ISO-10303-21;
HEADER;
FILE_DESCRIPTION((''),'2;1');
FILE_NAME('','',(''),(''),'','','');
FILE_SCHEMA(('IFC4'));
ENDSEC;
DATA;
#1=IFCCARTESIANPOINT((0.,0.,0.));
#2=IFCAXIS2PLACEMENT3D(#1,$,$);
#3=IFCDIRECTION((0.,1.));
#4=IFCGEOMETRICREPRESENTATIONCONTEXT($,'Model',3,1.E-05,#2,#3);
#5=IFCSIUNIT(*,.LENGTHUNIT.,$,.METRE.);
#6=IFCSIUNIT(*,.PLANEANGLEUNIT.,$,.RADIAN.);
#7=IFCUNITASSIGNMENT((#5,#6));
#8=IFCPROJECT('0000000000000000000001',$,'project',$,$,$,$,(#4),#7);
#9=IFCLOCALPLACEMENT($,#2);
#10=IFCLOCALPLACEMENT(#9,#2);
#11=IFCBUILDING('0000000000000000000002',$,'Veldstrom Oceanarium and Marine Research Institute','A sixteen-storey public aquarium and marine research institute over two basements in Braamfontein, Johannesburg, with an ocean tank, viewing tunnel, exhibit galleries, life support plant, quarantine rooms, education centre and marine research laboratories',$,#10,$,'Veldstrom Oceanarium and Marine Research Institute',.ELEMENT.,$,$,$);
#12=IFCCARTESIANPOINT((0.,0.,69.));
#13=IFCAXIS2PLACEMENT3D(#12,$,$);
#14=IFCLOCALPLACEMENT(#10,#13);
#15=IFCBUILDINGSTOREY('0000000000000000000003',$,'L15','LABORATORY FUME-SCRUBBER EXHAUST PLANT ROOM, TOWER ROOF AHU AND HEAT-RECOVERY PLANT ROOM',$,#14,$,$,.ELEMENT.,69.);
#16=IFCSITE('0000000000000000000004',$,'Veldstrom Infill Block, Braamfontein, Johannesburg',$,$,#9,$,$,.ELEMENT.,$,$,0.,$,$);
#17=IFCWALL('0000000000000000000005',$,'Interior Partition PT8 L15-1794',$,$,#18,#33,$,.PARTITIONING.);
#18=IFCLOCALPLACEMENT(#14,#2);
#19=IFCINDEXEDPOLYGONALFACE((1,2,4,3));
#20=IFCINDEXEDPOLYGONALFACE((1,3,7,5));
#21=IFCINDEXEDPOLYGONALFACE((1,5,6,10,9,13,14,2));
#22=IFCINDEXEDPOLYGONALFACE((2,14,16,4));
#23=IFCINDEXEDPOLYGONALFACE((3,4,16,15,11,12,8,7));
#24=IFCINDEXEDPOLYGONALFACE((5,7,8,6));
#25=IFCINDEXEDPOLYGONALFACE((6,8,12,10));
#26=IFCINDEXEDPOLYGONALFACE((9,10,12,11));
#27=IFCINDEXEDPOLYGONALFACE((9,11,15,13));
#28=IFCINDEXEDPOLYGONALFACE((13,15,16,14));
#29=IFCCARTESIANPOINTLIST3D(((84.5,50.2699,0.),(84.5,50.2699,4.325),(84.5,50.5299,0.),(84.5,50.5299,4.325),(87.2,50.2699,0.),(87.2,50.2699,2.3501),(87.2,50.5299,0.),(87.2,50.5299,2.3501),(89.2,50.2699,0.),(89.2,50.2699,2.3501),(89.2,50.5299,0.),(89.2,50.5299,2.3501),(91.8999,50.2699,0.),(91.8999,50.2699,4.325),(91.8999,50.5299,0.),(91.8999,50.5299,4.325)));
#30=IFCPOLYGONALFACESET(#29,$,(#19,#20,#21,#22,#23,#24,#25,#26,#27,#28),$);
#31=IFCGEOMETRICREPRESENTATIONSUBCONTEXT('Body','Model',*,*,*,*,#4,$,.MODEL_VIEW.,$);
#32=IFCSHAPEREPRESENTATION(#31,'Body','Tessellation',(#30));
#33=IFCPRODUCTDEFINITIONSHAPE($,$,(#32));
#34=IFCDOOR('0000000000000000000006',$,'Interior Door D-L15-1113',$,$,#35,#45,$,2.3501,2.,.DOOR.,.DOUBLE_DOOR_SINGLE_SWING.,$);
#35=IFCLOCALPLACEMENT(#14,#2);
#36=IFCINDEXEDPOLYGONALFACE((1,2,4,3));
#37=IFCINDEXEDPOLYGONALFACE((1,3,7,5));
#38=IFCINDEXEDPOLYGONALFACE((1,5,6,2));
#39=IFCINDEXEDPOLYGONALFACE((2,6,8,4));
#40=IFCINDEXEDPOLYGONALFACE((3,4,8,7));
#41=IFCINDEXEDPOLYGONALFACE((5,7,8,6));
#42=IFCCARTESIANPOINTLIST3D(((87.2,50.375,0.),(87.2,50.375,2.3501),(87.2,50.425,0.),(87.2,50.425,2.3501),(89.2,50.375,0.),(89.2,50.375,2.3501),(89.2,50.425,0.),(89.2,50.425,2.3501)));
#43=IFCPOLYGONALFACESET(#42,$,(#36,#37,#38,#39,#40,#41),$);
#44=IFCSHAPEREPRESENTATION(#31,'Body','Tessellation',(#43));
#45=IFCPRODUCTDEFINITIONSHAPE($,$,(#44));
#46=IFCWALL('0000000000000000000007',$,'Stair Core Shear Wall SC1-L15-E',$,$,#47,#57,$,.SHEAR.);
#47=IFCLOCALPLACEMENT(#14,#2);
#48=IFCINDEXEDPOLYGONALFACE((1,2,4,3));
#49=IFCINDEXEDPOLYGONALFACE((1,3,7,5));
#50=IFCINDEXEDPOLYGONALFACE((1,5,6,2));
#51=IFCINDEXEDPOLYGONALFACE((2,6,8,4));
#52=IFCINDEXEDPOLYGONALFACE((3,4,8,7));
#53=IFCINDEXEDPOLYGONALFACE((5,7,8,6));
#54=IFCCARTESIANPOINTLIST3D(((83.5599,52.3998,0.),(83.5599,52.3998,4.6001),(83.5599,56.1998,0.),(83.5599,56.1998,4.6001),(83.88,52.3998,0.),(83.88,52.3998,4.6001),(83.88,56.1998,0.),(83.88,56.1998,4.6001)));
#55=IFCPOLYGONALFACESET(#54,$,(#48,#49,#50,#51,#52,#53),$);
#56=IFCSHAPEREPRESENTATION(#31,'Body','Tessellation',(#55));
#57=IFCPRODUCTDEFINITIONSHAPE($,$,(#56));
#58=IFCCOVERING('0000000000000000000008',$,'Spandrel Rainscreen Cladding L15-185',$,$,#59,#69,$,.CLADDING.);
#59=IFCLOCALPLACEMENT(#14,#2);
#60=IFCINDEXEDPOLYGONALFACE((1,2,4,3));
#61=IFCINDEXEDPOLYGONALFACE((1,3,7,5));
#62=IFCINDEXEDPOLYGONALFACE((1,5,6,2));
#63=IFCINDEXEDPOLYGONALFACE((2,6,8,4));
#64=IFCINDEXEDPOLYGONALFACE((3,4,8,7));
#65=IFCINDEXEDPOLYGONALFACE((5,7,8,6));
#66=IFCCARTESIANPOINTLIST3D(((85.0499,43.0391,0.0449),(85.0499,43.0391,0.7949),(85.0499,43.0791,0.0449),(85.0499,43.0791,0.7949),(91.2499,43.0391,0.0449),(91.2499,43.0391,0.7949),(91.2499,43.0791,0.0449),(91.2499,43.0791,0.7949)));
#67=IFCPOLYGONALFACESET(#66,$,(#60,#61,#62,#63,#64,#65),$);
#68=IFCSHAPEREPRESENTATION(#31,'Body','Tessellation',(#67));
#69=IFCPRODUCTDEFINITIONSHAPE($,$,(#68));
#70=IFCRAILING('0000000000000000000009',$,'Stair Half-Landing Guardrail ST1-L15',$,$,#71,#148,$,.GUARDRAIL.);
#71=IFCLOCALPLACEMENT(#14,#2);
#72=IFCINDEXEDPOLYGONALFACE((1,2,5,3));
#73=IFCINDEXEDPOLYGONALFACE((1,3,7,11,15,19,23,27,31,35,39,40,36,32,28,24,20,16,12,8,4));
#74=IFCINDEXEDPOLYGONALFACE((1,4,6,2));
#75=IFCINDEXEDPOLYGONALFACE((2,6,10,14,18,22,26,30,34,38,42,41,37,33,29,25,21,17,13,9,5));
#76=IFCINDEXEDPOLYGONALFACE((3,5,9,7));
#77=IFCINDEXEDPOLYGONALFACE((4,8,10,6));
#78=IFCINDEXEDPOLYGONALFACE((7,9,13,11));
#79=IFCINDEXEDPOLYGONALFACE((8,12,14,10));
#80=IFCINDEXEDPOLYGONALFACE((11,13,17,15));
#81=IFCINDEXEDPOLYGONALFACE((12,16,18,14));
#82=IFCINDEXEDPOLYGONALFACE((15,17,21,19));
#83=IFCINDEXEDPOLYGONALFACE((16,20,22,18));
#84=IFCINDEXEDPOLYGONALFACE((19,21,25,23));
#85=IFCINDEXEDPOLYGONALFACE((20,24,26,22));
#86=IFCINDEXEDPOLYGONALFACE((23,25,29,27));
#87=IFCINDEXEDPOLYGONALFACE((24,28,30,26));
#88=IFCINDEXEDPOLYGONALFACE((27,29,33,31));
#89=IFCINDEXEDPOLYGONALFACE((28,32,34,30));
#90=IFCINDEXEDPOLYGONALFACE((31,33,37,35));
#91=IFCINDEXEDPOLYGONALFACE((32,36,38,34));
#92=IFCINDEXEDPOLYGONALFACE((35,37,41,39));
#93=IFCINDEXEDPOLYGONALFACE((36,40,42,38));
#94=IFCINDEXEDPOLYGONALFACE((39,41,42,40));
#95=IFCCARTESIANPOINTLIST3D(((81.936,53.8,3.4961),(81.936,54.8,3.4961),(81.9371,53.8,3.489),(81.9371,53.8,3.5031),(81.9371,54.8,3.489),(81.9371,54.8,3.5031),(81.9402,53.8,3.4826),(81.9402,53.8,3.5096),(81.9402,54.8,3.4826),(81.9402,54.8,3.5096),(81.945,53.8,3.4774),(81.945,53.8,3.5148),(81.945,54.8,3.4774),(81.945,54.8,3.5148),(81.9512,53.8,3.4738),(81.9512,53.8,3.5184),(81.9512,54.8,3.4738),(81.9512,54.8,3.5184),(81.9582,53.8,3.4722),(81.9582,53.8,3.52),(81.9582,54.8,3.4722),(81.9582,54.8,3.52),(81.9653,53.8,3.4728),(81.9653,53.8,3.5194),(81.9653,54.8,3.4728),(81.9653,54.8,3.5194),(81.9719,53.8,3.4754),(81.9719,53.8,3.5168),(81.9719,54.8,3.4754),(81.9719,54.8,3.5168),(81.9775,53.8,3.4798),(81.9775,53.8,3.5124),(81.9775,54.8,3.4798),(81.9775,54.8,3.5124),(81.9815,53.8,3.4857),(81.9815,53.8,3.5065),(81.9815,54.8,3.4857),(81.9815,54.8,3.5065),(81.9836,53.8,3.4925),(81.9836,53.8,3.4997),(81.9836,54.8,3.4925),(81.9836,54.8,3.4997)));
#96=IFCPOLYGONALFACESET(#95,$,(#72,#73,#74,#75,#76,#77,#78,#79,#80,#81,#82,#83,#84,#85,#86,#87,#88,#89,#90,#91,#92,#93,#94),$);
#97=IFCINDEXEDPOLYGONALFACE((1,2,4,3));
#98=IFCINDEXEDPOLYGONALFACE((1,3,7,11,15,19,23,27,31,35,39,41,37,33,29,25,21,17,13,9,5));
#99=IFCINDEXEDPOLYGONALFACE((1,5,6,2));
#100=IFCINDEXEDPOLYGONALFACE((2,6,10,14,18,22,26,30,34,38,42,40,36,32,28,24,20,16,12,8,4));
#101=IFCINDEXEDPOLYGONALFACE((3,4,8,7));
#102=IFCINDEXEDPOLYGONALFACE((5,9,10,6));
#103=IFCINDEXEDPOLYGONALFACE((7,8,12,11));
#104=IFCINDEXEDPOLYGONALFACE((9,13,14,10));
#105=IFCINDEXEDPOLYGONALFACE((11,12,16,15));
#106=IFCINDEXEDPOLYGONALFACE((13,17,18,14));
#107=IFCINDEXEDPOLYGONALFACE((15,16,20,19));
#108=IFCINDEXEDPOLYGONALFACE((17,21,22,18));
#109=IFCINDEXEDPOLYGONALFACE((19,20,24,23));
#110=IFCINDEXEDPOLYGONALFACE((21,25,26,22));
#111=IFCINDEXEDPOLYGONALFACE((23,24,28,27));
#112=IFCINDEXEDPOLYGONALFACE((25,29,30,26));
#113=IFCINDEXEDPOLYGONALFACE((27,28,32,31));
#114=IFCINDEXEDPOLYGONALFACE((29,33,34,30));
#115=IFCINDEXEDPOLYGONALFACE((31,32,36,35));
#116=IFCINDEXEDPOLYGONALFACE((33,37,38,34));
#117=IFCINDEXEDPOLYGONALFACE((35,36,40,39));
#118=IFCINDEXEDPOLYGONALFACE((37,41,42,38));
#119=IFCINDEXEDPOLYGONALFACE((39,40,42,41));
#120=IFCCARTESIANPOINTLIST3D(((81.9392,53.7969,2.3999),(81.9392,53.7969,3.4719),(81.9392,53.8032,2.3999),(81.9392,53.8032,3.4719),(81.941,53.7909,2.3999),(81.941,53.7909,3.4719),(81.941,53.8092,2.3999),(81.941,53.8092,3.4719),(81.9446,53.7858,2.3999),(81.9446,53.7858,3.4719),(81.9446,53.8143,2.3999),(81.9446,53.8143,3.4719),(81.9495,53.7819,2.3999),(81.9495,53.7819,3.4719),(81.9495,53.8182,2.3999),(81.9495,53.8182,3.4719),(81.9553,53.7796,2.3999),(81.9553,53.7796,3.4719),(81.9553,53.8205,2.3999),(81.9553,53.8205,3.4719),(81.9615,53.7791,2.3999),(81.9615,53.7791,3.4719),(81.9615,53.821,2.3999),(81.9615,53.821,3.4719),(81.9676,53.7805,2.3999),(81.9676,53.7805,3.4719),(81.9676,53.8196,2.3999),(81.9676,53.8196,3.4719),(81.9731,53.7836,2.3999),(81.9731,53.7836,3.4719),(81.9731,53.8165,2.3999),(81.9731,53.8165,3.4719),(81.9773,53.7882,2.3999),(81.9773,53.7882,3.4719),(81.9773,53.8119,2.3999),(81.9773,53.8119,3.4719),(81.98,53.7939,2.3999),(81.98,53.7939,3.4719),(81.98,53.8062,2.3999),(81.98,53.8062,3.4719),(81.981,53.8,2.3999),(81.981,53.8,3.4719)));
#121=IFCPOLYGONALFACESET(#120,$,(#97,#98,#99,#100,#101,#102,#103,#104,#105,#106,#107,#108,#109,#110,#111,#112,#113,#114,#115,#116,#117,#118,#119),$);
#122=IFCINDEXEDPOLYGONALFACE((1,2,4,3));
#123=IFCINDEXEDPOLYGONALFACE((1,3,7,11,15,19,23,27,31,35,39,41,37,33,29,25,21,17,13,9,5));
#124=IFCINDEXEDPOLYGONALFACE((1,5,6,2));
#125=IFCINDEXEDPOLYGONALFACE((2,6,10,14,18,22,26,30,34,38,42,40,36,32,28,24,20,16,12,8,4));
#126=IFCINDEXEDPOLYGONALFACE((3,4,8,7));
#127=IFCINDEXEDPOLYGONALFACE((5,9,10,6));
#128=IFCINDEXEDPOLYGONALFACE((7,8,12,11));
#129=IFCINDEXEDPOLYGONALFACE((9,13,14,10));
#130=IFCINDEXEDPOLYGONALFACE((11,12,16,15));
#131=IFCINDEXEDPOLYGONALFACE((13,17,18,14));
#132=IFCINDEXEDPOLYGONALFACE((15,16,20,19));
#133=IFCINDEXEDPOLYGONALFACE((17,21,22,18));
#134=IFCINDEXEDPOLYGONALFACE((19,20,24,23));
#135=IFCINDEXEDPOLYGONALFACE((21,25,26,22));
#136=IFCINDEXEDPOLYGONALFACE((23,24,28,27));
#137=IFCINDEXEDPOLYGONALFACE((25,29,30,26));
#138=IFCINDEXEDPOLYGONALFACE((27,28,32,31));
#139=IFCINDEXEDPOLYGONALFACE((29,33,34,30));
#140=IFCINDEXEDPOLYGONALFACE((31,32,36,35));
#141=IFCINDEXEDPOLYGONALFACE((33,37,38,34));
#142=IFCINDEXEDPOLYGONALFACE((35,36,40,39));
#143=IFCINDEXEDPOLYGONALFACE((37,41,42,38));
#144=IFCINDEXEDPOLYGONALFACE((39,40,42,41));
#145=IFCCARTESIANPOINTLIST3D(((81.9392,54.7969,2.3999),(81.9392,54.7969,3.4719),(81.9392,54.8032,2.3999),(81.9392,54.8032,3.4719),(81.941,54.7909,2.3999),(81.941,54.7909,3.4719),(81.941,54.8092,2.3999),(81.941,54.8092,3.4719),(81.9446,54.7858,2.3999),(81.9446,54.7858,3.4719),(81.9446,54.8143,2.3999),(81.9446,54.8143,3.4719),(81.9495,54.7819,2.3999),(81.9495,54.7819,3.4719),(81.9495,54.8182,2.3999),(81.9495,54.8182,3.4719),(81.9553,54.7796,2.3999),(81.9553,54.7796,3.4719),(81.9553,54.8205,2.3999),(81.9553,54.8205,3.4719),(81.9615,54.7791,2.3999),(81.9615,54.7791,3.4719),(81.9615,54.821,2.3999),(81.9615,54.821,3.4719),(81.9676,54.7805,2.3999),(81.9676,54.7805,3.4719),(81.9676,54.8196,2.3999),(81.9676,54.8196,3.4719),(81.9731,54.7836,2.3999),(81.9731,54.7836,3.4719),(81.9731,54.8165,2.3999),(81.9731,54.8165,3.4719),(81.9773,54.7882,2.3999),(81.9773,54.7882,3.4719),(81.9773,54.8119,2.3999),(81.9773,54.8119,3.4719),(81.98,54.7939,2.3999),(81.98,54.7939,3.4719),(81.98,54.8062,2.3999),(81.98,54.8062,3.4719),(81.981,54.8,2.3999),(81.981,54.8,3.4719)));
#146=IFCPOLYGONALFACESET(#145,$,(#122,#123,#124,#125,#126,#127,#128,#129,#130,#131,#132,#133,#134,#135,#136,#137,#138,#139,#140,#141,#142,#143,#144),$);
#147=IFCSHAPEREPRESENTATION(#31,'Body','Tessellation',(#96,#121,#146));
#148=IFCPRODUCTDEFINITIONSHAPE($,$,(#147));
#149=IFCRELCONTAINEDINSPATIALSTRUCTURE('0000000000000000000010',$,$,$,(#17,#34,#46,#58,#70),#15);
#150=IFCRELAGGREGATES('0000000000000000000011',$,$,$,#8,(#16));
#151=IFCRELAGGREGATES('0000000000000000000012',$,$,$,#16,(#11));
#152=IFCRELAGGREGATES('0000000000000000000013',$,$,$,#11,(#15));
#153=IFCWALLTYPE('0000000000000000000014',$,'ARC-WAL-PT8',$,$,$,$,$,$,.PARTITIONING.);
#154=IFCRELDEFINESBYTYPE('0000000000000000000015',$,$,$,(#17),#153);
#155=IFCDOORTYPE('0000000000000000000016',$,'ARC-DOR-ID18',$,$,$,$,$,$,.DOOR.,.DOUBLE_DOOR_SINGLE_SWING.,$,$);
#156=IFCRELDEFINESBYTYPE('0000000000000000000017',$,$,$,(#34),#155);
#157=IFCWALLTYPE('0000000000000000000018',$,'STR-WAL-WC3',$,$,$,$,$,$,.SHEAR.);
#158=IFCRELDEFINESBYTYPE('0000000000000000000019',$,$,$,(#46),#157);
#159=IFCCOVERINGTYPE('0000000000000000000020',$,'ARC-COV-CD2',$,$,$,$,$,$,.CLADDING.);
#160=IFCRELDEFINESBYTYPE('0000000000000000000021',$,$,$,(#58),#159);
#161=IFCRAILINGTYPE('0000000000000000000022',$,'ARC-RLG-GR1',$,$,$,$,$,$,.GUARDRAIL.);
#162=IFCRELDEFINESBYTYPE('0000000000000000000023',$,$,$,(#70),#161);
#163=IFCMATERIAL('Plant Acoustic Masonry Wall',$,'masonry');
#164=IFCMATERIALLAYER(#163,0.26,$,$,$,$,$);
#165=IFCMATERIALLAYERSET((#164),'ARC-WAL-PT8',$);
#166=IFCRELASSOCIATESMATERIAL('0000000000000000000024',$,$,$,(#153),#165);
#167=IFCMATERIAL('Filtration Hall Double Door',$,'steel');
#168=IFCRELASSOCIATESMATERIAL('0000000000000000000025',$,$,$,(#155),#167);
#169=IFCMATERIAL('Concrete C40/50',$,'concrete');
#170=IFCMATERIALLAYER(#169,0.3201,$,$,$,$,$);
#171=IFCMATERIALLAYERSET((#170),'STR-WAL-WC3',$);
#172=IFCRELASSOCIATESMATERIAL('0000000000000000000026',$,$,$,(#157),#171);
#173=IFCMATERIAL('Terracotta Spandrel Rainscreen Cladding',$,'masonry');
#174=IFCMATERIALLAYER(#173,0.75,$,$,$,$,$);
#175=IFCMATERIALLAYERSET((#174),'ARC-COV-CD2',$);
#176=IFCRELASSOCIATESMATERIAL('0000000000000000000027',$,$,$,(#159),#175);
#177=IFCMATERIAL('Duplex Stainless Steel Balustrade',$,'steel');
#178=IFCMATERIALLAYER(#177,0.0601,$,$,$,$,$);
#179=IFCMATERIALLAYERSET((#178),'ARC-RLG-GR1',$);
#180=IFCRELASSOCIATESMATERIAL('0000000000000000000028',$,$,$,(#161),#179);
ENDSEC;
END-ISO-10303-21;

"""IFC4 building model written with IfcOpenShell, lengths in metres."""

from ifc_helpers import new_model, si_unit, direction, frame, frame_2d, origin, origin_2d, place, context, subcontext, project, spatial, rectangle, circle, extrude, material, layer, layer_set, type_object, element, fill, save


model = new_model("IFC4")

# Units and contexts
model_context = context("Model", 3, precision=1e-05, world=origin(), true_north=direction((0.0, 1.0)))
body_context = subcontext(model_context, "Body", "Model", "MODEL_VIEW")
ifc_project = project(units=[si_unit("LENGTHUNIT", "METRE"), si_unit("PLANEANGLEUNIT", "RADIAN")], contexts=[model_context])

# Site, building, storey
site_placement = place(None, origin())
site = spatial("IfcSite", under=ifc_project, at=site_placement, Name="Veldstrom Infill Block, Braamfontein, Johannesburg", CompositionType="ELEMENT", RefElevation=0.0)
building_placement = place(site_placement, origin())
building = spatial("IfcBuilding", under=site, at=building_placement, Name="Veldstrom Oceanarium and Marine Research Institute", Description="A sixteen-storey public aquarium and marine research institute over two basements in Braamfontein, Johannesburg, with an ocean tank, viewing tunnel, exhibit galleries, life support plant, quarantine rooms, education centre and marine research laboratories", LongName="Veldstrom Oceanarium and Marine Research Institute", CompositionType="ELEMENT")
storey_placement = place(building_placement, frame((0.0, 0.0, 69.0)))
storey = spatial("IfcBuildingStorey", under=building, at=storey_placement, Name="L15", Description="LABORATORY FUME-SCRUBBER EXHAUST PLANT ROOM, TOWER ROOF AHU AND HEAT-RECOVERY PLANT ROOM", CompositionType="ELEMENT", Elevation=69.0)

# Wall, opening, door
ifc_material_1 = material(Name="Plant Acoustic Masonry Wall", Category="masonry")
ifc_layer_1 = layer(ifc_material_1, 0.26)
ifc_layer_set_1 = layer_set([ifc_layer_1], Name="ARC-WAL-PT8")
wall_type_1 = type_object("IfcWallType", Name="ARC-WAL-PT8", PredefinedType="PARTITIONING", material=ifc_layer_set_1)
wall_1_placement = place(storey_placement, frame((84.5, 50.3999, 0.0), z_axis=(0.0, 0.0, 1.0), x_axis=(1.0, 0.0, 0.0)))
wall_1 = element("IfcWall", 1, at=wall_1_placement, inside=storey, type_object=wall_type_1, Name="Interior Partition PT8 L15-1794", PredefinedType="PARTITIONING", context=body_context, shape_type="SweptSolid", body=[
    extrude(rectangle(XDim=7.3999, YDim=0.26, at=frame_2d((3.7, 0.0))), origin(), (0.0, 0.0, 1.0), 4.325),
])
opening_1_placement = place(wall_1_placement, frame((2.7, 0.0, 0.0)))
opening_1 = element("IfcOpeningElement", 2, at=opening_1_placement, cuts=wall_1, PredefinedType="OPENING", context=body_context, shape_type="SweptSolid", body=[
    extrude(rectangle(XDim=2.0, YDim=2.3501, at=frame_2d((1.0, 1.175))), frame((0.0, 0.1399, 0.0), z_axis=(0.0, -1.0, 0.0), x_axis=(1.0, 0.0, 0.0)), (0.0, 0.0, 1.0), 0.28),
])
ifc_material_2 = material(Name="Filtration Hall Double Door", Category="steel")
door_type_1 = type_object("IfcDoorType", Name="ARC-DOR-ID18", OperationType="DOUBLE_DOOR_SINGLE_SWING", PredefinedType="DOOR", material=ifc_material_2)
door_1_placement = place(opening_1_placement, frame((2.0, 0.0, 0.0), z_axis=(0.0, 0.0, 1.0), x_axis=(-1.0, 0.0, 0.0)))
door_1 = element("IfcDoor", 3, at=door_1_placement, inside=storey, type_object=door_type_1, Name="Interior Door D-L15-1113", OperationType="DOUBLE_DOOR_SINGLE_SWING", OverallHeight=2.3501, OverallWidth=2.0, PredefinedType="DOOR", context=body_context, shape_type="SweptSolid", body=[
    extrude(rectangle(XDim=2.0, YDim=2.3501, at=frame_2d((1.0, 1.175))), frame((0.0, 0.0249, 0.0), z_axis=(0.0, -1.0, 0.0), x_axis=(1.0, 0.0, 0.0)), (0.0, 0.0, 1.0), 0.05),
])
fill(opening_1, door_1)

# Wall
ifc_material_3 = material(Name="Concrete C40/50", Category="concrete")
ifc_layer_2 = layer(ifc_material_3, 0.3201)
ifc_layer_set_2 = layer_set([ifc_layer_2], Name="STR-WAL-WC3")
wall_type_2 = type_object("IfcWallType", Name="STR-WAL-WC3", PredefinedType="SHEAR", material=ifc_layer_set_2)
wall_2_placement = place(storey_placement, frame((83.72, 52.3999, 0.0), z_axis=(0.0, 0.0, 1.0), x_axis=(0.0, 1.0, 0.0)))
element("IfcWall", 4, at=wall_2_placement, inside=storey, type_object=wall_type_2, Name="Stair Core Shear Wall SC1-L15-E", PredefinedType="SHEAR", context=body_context, shape_type="SweptSolid", body=[
    extrude(rectangle(XDim=3.8, YDim=0.3201, at=frame_2d((1.8999, 0.0))), origin(), (0.0, 0.0, 1.0), 4.6001),
])

# Covering
ifc_material_4 = material(Name="Terracotta Spandrel Rainscreen Cladding", Category="masonry")
ifc_layer_3 = layer(ifc_material_4, 0.75)
ifc_layer_set_3 = layer_set([ifc_layer_3], Name="ARC-COV-CD2")
covering_type = type_object("IfcCoveringType", Name="ARC-COV-CD2", PredefinedType="CLADDING", material=ifc_layer_set_3)
covering_placement = place(storey_placement, frame((88.1499, 43.0591, 0.0449), z_axis=(0.0, 0.0, 1.0), x_axis=(1.0, 0.0, 0.0)))
element("IfcCovering", 5, at=covering_placement, inside=storey, type_object=covering_type, Name="Spandrel Rainscreen Cladding L15-185", PredefinedType="CLADDING", context=body_context, shape_type="SweptSolid", body=[
    extrude(rectangle(XDim=6.2, YDim=0.04, at=origin_2d()), origin(), (0.0, 0.0, 1.0), 0.75),
])

# Railing
ifc_material_5 = material(Name="Duplex Stainless Steel Balustrade", Category="steel")
ifc_layer_4 = layer(ifc_material_5, 0.0601)
ifc_layer_set_4 = layer_set([ifc_layer_4], Name="ARC-RLG-GR1")
railing_type = type_object("IfcRailingType", Name="ARC-RLG-GR1", PredefinedType="GUARDRAIL", material=ifc_layer_set_4)
railing_1_placement = place(storey_placement, frame((81.96, 53.8, 2.3999)))
element("IfcRailing", 6, at=railing_1_placement, inside=storey, type_object=railing_type, Name="Stair Half-Landing Guardrail ST1-L15", PredefinedType="GUARDRAIL", context=body_context, shape_type="SweptSolid", body=[
    extrude(circle(Radius=0.0239, at=origin_2d()), frame((0.0, 0.0, 1.0962), z_axis=(0.0, 1.0, 0.0), x_axis=(-1.0, 0.0, 0.0)), (0.0, 0.0, 1.0), 1.0),
    extrude(circle(Radius=0.021, at=origin_2d()), origin(), (0.0, 0.0, 1.0), 1.072),
    extrude(circle(Radius=0.021, at=origin_2d()), frame((0.0, 1.0, 0.0)), (0.0, 0.0, 1.0), 1.072),
])

save(model, "model.ifc")
